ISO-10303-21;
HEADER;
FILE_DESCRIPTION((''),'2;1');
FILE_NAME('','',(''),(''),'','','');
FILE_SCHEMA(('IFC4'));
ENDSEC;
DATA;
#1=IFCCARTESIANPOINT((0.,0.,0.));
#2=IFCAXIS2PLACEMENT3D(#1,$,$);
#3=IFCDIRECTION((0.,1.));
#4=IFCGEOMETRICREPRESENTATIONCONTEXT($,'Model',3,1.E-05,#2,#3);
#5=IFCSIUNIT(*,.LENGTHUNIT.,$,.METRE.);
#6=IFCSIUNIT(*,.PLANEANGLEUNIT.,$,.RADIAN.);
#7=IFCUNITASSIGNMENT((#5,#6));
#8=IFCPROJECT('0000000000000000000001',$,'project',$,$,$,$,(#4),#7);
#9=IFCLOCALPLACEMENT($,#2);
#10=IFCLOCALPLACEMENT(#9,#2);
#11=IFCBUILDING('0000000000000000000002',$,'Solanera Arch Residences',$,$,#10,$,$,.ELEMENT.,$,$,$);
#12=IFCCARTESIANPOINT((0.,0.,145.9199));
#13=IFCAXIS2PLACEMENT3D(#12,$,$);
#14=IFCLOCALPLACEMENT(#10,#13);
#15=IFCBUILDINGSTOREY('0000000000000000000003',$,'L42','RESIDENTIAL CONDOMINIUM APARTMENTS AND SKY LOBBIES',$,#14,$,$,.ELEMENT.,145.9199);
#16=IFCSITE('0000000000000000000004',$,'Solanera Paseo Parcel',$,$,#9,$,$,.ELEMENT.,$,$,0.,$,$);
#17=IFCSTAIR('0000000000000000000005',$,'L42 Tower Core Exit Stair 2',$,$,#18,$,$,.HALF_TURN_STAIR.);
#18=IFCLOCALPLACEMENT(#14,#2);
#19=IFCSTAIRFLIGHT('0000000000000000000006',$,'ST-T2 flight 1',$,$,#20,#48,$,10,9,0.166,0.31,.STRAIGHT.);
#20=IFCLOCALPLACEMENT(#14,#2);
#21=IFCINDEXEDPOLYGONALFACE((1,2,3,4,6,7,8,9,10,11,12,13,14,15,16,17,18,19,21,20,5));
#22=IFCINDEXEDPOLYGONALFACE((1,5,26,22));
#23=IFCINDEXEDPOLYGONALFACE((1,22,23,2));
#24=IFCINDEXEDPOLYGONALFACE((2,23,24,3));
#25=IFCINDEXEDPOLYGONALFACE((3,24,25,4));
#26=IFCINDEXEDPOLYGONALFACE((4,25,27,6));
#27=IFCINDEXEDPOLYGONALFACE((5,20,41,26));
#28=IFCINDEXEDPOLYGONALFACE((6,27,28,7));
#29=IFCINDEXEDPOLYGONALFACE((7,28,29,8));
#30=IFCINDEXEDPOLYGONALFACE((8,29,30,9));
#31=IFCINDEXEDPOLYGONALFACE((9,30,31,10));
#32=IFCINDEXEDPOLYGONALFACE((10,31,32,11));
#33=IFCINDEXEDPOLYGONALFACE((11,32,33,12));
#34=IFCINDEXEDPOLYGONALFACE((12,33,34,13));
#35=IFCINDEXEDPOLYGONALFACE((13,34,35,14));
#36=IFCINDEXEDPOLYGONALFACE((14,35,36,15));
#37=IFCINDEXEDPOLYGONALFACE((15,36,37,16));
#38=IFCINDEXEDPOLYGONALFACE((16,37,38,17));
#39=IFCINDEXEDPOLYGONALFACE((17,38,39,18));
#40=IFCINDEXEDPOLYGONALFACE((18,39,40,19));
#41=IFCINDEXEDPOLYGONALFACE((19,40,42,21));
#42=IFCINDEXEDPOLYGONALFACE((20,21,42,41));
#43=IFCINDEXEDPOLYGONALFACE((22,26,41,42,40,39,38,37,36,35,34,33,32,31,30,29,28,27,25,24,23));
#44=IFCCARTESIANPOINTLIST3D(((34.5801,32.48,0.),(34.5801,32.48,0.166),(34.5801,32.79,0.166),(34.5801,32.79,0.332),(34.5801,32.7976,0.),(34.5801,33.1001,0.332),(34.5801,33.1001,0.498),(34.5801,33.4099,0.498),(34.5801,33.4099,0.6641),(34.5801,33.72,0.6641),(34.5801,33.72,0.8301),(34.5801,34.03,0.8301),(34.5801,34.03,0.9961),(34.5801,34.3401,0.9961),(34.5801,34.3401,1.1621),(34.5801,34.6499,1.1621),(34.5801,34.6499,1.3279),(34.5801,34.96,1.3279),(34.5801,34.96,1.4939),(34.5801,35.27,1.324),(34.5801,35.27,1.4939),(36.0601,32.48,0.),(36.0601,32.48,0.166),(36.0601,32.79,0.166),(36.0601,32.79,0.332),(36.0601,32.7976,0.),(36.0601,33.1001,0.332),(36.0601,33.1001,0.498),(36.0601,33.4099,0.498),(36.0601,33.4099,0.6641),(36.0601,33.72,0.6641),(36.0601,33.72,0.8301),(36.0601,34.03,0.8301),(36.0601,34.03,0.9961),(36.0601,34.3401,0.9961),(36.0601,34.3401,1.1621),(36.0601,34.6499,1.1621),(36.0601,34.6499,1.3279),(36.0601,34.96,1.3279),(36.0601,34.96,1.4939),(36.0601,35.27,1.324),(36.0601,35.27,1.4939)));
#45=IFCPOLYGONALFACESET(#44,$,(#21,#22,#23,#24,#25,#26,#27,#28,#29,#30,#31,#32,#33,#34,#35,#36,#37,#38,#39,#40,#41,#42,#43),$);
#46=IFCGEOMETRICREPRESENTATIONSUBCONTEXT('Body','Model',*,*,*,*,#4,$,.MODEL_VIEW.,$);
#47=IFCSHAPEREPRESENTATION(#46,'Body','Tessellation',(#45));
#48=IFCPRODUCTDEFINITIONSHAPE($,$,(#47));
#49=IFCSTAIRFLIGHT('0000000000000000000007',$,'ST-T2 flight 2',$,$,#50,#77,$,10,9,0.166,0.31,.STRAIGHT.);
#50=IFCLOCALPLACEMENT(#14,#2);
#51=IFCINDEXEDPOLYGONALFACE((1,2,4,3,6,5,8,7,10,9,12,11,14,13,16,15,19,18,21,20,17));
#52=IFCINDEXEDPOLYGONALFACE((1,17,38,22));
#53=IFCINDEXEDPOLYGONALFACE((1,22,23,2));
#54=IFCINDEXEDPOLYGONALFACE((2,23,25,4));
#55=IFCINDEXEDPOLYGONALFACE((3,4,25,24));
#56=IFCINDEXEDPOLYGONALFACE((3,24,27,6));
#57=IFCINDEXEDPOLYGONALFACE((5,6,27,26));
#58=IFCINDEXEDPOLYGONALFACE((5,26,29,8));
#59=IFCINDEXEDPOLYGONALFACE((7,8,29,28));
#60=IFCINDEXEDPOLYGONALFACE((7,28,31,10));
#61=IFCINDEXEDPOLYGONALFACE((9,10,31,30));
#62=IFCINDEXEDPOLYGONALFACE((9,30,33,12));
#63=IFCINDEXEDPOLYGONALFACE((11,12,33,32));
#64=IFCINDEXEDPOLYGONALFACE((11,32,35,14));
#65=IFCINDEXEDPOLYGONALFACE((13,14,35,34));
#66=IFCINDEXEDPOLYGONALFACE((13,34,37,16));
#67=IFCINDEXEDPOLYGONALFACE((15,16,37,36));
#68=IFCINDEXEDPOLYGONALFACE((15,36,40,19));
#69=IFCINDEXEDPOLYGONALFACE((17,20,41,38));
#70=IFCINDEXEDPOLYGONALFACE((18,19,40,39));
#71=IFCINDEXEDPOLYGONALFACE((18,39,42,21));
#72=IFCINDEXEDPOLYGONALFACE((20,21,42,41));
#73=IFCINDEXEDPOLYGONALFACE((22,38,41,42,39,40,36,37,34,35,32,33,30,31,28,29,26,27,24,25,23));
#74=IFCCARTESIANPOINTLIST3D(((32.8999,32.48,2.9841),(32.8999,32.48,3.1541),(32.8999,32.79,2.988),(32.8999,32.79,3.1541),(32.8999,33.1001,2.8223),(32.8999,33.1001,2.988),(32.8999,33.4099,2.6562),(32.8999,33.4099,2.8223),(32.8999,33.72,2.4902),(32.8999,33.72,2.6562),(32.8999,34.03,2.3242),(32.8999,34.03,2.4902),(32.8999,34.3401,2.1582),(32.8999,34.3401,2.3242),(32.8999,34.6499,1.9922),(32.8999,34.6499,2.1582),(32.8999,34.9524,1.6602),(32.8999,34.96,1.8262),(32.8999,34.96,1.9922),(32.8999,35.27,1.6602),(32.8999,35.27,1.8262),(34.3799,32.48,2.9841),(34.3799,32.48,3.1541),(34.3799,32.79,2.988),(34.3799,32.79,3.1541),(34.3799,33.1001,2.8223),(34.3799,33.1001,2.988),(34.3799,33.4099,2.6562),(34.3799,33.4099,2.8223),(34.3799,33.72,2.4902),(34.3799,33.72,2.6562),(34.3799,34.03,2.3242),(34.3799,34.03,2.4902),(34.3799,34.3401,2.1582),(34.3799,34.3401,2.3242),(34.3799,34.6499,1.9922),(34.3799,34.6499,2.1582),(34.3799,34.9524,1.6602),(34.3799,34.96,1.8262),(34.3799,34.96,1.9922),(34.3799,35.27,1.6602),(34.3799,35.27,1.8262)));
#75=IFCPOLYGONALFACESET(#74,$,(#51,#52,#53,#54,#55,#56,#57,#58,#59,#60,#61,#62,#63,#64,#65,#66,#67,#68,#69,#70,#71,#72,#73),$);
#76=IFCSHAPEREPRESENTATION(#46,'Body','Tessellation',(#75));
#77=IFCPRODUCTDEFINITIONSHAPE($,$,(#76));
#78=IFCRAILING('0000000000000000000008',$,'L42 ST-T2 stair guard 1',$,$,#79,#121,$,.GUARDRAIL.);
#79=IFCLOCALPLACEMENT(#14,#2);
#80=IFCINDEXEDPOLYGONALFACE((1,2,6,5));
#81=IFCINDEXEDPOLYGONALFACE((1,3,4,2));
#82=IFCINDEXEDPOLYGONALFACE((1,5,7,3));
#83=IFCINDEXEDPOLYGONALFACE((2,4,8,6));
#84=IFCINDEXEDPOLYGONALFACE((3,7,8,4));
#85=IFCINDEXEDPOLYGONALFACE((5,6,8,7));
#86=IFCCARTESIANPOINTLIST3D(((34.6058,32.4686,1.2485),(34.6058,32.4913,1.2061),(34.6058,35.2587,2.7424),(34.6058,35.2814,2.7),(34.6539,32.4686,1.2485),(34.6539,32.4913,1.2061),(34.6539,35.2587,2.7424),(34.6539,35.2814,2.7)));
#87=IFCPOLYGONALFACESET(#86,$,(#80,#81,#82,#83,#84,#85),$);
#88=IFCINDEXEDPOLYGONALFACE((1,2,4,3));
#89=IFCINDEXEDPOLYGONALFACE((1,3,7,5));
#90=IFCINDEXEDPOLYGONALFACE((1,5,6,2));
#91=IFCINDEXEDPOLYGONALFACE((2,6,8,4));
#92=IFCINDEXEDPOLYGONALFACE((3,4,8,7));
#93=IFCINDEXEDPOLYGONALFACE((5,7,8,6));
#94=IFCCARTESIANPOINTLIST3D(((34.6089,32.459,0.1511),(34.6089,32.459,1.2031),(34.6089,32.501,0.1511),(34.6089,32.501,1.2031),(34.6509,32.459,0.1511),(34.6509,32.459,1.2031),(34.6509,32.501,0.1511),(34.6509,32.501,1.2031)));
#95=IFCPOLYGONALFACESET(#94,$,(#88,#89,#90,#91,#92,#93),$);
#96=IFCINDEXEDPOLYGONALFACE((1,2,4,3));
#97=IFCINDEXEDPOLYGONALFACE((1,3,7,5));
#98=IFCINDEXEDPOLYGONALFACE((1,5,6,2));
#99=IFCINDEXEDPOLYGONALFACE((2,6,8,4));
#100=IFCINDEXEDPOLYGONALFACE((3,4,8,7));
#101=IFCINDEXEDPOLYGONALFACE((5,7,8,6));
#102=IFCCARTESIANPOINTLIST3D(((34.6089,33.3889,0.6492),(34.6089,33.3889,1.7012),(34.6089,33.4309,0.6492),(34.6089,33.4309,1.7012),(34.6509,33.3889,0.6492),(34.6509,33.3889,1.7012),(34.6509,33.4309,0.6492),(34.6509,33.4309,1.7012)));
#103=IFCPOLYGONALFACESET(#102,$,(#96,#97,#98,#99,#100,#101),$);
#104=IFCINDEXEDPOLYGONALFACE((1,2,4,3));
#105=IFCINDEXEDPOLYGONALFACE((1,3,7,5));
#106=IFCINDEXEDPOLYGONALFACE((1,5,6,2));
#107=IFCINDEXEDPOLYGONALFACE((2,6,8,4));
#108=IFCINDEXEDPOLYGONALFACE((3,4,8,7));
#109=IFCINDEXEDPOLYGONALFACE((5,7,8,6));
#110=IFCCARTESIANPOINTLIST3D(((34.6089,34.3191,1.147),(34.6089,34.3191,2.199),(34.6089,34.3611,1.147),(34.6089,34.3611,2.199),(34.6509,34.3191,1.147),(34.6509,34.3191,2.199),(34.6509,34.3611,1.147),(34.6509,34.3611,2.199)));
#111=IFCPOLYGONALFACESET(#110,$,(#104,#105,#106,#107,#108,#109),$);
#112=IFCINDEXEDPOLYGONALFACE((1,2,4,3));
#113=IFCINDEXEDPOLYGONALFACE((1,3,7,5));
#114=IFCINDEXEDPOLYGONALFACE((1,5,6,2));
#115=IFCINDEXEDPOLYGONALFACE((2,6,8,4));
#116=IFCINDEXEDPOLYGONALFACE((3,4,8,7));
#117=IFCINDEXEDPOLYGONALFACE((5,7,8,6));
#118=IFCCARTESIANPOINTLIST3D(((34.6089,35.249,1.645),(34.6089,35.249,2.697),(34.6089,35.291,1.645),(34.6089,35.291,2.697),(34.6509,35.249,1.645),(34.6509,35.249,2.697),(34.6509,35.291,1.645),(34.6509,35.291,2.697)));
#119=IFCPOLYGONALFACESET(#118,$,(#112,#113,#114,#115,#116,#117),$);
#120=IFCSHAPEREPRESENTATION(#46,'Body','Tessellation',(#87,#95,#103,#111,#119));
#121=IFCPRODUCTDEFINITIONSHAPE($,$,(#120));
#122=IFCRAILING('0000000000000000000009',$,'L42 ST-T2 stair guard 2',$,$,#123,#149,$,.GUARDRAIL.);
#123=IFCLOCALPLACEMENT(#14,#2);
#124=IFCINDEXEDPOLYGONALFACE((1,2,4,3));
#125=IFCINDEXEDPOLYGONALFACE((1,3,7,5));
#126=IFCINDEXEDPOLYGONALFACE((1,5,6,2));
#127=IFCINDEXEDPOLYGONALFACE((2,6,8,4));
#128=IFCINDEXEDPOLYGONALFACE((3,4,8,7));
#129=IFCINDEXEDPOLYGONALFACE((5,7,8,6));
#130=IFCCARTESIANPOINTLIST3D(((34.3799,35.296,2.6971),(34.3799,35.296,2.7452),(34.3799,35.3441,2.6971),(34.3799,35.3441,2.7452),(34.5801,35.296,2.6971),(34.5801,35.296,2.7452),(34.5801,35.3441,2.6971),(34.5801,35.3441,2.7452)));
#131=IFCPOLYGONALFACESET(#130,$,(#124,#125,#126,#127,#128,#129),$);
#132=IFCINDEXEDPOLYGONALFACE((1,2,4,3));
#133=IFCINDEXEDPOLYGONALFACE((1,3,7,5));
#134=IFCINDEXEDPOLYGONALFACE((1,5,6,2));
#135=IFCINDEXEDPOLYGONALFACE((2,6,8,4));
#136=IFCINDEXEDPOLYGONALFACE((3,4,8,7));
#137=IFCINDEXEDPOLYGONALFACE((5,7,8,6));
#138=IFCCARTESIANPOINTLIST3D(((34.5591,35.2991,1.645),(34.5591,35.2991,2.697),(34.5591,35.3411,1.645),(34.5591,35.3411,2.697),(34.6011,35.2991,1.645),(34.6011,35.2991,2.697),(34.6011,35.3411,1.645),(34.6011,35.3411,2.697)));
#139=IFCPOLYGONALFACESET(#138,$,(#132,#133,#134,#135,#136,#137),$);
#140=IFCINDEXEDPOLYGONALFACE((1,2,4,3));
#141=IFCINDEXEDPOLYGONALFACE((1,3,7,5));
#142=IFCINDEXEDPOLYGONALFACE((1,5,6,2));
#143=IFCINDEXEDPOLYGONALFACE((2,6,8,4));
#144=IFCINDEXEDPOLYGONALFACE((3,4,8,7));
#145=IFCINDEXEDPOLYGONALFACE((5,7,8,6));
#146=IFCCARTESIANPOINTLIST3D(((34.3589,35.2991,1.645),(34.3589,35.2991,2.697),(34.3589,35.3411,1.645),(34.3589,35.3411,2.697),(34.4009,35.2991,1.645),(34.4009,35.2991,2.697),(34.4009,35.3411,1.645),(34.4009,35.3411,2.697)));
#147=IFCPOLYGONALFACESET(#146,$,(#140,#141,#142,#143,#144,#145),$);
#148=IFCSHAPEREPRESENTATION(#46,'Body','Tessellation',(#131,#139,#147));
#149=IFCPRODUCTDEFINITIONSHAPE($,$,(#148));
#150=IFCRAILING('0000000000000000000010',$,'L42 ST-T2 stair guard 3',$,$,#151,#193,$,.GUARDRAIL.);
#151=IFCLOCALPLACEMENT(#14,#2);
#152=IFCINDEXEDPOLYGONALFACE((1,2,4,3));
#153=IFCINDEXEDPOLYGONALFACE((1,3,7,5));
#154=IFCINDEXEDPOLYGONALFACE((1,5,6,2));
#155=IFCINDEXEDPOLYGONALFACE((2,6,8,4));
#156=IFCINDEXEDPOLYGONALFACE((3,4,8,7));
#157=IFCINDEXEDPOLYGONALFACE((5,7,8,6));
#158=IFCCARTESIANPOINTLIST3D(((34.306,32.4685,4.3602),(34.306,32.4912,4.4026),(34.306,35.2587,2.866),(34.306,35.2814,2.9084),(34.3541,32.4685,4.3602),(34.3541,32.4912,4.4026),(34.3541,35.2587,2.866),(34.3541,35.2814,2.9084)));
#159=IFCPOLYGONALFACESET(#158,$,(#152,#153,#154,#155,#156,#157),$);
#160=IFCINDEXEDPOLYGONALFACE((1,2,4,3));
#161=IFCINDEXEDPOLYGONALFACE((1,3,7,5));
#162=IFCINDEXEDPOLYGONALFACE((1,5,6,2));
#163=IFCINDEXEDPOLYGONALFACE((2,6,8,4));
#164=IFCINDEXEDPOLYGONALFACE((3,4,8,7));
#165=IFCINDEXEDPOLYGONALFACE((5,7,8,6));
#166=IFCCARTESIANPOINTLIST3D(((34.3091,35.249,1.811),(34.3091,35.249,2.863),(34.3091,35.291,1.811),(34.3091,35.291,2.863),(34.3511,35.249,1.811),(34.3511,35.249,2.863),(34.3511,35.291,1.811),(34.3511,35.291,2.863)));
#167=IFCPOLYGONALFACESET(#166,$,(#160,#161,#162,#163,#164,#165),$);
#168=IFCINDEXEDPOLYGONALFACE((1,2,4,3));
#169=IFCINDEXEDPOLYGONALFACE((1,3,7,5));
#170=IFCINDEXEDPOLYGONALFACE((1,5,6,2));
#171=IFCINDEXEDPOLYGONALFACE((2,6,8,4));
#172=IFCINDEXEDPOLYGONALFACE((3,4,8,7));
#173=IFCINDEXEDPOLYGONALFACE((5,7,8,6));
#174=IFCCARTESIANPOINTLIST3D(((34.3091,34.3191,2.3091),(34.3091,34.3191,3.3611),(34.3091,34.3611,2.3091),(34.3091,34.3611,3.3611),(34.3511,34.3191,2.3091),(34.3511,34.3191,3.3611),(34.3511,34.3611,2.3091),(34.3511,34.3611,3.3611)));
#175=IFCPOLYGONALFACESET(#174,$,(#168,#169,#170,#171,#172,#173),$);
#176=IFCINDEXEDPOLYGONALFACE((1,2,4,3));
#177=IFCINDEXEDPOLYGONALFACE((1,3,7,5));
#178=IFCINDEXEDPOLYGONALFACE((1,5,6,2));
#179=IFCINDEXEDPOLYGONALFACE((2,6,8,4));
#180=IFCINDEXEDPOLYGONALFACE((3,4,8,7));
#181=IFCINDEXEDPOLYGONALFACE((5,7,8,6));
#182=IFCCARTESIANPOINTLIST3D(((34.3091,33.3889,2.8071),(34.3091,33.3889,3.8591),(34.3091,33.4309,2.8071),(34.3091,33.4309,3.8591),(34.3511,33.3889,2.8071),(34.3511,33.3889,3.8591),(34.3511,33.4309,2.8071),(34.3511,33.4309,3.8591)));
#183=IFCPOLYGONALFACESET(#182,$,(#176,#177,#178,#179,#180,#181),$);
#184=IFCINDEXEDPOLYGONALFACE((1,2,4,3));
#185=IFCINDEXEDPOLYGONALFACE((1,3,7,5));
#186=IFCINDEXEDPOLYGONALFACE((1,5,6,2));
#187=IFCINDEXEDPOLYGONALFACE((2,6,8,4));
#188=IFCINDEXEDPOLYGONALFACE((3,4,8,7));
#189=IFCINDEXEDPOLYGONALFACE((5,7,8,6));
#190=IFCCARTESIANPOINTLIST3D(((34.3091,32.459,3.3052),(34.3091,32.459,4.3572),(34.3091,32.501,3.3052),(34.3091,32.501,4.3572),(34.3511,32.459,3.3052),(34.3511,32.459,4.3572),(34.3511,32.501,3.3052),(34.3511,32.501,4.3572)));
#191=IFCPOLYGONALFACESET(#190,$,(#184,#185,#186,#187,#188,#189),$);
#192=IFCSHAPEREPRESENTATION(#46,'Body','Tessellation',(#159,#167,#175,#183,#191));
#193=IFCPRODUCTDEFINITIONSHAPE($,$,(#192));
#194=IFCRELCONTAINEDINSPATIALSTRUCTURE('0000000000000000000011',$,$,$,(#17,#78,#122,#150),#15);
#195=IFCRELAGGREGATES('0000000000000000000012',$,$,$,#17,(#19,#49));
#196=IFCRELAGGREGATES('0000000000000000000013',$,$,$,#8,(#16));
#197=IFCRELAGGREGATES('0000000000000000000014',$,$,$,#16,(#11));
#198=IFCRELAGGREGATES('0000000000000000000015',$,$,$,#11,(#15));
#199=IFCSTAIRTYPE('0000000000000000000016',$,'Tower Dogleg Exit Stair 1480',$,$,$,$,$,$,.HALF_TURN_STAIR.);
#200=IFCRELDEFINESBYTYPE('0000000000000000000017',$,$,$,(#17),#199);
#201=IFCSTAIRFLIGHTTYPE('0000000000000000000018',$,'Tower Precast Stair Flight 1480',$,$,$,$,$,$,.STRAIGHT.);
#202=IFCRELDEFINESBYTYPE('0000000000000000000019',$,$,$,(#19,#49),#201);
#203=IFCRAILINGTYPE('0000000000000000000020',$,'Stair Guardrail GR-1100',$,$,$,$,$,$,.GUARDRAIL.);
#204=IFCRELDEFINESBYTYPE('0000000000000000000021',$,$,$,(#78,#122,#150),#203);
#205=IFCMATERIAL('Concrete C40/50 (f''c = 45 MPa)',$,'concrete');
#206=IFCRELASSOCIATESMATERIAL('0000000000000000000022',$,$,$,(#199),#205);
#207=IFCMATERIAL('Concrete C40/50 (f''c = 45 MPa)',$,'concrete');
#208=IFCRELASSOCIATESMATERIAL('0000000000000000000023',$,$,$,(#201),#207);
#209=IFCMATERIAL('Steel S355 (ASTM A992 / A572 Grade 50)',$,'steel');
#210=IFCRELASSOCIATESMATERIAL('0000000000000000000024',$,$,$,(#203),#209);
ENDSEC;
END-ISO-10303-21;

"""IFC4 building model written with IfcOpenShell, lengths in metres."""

from ifc_helpers import new_model, si_unit, direction, frame, origin, origin_2d, place, context, subcontext, project, spatial, polyline, rectangle, outline, extrude, material, type_object, element, aggregate, save


model = new_model("IFC4")

# Units and contexts
model_context = context("Model", 3, precision=1e-05, world=origin(), true_north=direction((0.0, 1.0)))
body_context = subcontext(model_context, "Body", "Model", "MODEL_VIEW")
ifc_project = project(units=[si_unit("LENGTHUNIT", "METRE"), si_unit("PLANEANGLEUNIT", "RADIAN")], contexts=[model_context])

# Site, building, storey
site_placement = place(None, origin())
site = spatial("IfcSite", under=ifc_project, at=site_placement, Name="Solanera Paseo Parcel", CompositionType="ELEMENT", RefElevation=0.0)
building_placement = place(site_placement, origin())
building = spatial("IfcBuilding", under=site, at=building_placement, Name="Solanera Arch Residences", CompositionType="ELEMENT")
storey_placement = place(building_placement, frame((0.0, 0.0, 145.9199)))
storey = spatial("IfcBuildingStorey", under=building, at=storey_placement, Name="L42", Description="RESIDENTIAL CONDOMINIUM APARTMENTS AND SKY LOBBIES", CompositionType="ELEMENT", Elevation=145.9199)

# Stair, stair flights
ifc_material_1 = material(Name="Concrete C40/50 (f'c = 45 MPa)", Category="concrete")
stair_type = type_object("IfcStairType", Name="Tower Dogleg Exit Stair 1480", PredefinedType="HALF_TURN_STAIR", material=ifc_material_1)
stair_placement = place(storey_placement, origin())
stair = element("IfcStair", 1, at=stair_placement, inside=storey, type_object=stair_type, Name="L42 Tower Core Exit Stair 2", PredefinedType="HALF_TURN_STAIR")
ifc_material_2 = material(Name="Concrete C40/50 (f'c = 45 MPa)", Category="concrete")
stair_flight_type = type_object("IfcStairFlightType", Name="Tower Precast Stair Flight 1480", PredefinedType="STRAIGHT", material=ifc_material_2)
stair_flight_1_placement = place(storey_placement, frame((35.3201, 32.48, 0.0), z_axis=(0.0, 0.0, 1.0), x_axis=(0.0, 1.0, 0.0)))
stair_flight_1 = element("IfcStairFlight", 2, at=stair_flight_1_placement, type_object=stair_flight_type, Name="ST-T2 flight 1", NumberOfRisers=10, NumberOfTreads=9, PredefinedType="STRAIGHT", RiserHeight=0.166, TreadLength=0.31, context=body_context, shape_type="SweptSolid", body=[
    extrude(outline(polyline([(0.0, 0.0), (0.0, 0.166), (0.3101, 0.166), (0.3101, 0.332), (0.6201, 0.332), (0.6201, 0.498), (0.9299, 0.498), (0.9299, 0.6641), (1.24, 0.6641), (1.24, 0.8301), (1.55, 0.8301), (1.55, 0.9961), (1.8601, 0.9961), (1.8601, 1.1621), (2.1699, 1.1621), (2.1699, 1.3279), (2.48, 1.3279), (2.48, 1.4939), (2.79, 1.4939), (2.79, 1.6599), (2.79, 1.324), (0.3176, 0.0), (0.0, 0.0)])), frame((0.0, 0.74, 0.0), z_axis=(0.0, -1.0, 0.0), x_axis=(1.0, 0.0, 0.0)), (0.0, 0.0, 1.0), 1.48),
])
stair_flight_2_placement = place(storey_placement, frame((33.6399, 35.27, 1.6602), z_axis=(0.0, 0.0, 1.0), x_axis=(0.0, -1.0, 0.0)))
stair_flight_2 = element("IfcStairFlight", 3, at=stair_flight_2_placement, type_object=stair_flight_type, Name="ST-T2 flight 2", NumberOfRisers=10, NumberOfTreads=9, PredefinedType="STRAIGHT", RiserHeight=0.166, TreadLength=0.31, context=body_context, shape_type="SweptSolid", body=[
    extrude(outline(polyline([(0.0, 0.0), (0.0, 0.166), (0.3101, 0.166), (0.3101, 0.332), (0.6201, 0.332), (0.6201, 0.498), (0.9299, 0.498), (0.9299, 0.6641), (1.24, 0.6641), (1.24, 0.8301), (1.55, 0.8301), (1.55, 0.9961), (1.8601, 0.9961), (1.8601, 1.1621), (2.1699, 1.1621), (2.1699, 1.3279), (2.48, 1.3279), (2.48, 1.4939), (2.79, 1.4939), (2.79, 1.6599), (2.79, 1.324), (0.3176, 0.0), (0.0, 0.0)])), frame((0.0, 0.74, 0.0), z_axis=(0.0, -1.0, 0.0), x_axis=(1.0, 0.0, 0.0)), (0.0, 0.0, 1.0), 1.48),
])
aggregate(stair, [stair_flight_1, stair_flight_2])

# Railings
ifc_material_3 = material(Name="Steel S355 (ASTM A992 / A572 Grade 50)", Category="steel")
railing_type_1 = type_object("IfcRailingType", Name="Stair Guardrail GR-1100", PredefinedType="GUARDRAIL", material=ifc_material_3)
railing_1_placement = place(storey_placement, frame((34.6299, 32.48, 0.1511)))
element("IfcRailing", 4, at=railing_1_placement, inside=storey, type_object=railing_type_1, Name="L42 ST-T2 stair guard 1", PredefinedType="GUARDRAIL", context=body_context, shape_type="SweptSolid", body=[
    extrude(rectangle(XDim=0.0481, YDim=0.0481, at=origin_2d()), frame((0.0, 0.0, 1.0762), z_axis=(0.0, 0.881581, 0.472033), x_axis=(-1.0, 0.0, 0.0)), (0.0, 0.0, 1.0), 3.1648),
    extrude(rectangle(XDim=0.042, YDim=0.042, at=origin_2d()), origin(), (0.0, 0.0, 1.0), 1.052),
    extrude(rectangle(XDim=0.042, YDim=0.042, at=origin_2d()), frame((0.0, 0.9299, 0.498)), (0.0, 0.0, 1.0), 1.052),
    extrude(rectangle(XDim=0.042, YDim=0.042, at=origin_2d()), frame((0.0, 1.8601, 0.9958)), (0.0, 0.0, 1.0), 1.052),
    extrude(rectangle(XDim=0.042, YDim=0.042, at=origin_2d()), frame((0.0, 2.79, 1.4939)), (0.0, 0.0, 1.0), 1.052),
])
railing_2_placement = place(storey_placement, frame((34.5801, 35.3201, 1.645)))
element("IfcRailing", 5, at=railing_2_placement, inside=storey, type_object=railing_type_1, Name="L42 ST-T2 stair guard 2", PredefinedType="GUARDRAIL", context=body_context, shape_type="SweptSolid", body=[
    extrude(rectangle(XDim=0.0481, YDim=0.0481, at=origin_2d()), frame((0.0, 0.0, 1.0762), z_axis=(-1.0, 0.0, 0.0), x_axis=(0.0, -1.0, 0.0)), (0.0, 0.0, 1.0), 0.2002),
    extrude(rectangle(XDim=0.042, YDim=0.042, at=origin_2d()), origin(), (0.0, 0.0, 1.0), 1.052),
    extrude(rectangle(XDim=0.042, YDim=0.042, at=origin_2d()), frame((-0.2002, 0.0, 0.0)), (0.0, 0.0, 1.0), 1.052),
])
railing_3_placement = place(storey_placement, frame((34.3301, 35.27, 1.811)))
element("IfcRailing", 6, at=railing_3_placement, inside=storey, type_object=railing_type_1, Name="L42 ST-T2 stair guard 3", PredefinedType="GUARDRAIL", context=body_context, shape_type="SweptSolid", body=[
    extrude(rectangle(XDim=0.0481, YDim=0.0481, at=origin_2d()), frame((0.0, 0.0, 1.0762), z_axis=(0.0, -0.881549, 0.472093), x_axis=(1.0, 0.0, 0.0)), (0.0, 0.0, 1.0), 3.165),
    extrude(rectangle(XDim=0.042, YDim=0.042, at=origin_2d()), origin(), (0.0, 0.0, 1.0), 1.052),
    extrude(rectangle(XDim=0.042, YDim=0.042, at=origin_2d()), frame((0.0, -0.9299, 0.498)), (0.0, 0.0, 1.0), 1.052),
    extrude(rectangle(XDim=0.042, YDim=0.042, at=origin_2d()), frame((0.0, -1.8601, 0.9961)), (0.0, 0.0, 1.0), 1.052),
    extrude(rectangle(XDim=0.042, YDim=0.042, at=origin_2d()), frame((0.0, -2.79, 1.4941)), (0.0, 0.0, 1.0), 1.052),
])

save(model, "model.ifc")
